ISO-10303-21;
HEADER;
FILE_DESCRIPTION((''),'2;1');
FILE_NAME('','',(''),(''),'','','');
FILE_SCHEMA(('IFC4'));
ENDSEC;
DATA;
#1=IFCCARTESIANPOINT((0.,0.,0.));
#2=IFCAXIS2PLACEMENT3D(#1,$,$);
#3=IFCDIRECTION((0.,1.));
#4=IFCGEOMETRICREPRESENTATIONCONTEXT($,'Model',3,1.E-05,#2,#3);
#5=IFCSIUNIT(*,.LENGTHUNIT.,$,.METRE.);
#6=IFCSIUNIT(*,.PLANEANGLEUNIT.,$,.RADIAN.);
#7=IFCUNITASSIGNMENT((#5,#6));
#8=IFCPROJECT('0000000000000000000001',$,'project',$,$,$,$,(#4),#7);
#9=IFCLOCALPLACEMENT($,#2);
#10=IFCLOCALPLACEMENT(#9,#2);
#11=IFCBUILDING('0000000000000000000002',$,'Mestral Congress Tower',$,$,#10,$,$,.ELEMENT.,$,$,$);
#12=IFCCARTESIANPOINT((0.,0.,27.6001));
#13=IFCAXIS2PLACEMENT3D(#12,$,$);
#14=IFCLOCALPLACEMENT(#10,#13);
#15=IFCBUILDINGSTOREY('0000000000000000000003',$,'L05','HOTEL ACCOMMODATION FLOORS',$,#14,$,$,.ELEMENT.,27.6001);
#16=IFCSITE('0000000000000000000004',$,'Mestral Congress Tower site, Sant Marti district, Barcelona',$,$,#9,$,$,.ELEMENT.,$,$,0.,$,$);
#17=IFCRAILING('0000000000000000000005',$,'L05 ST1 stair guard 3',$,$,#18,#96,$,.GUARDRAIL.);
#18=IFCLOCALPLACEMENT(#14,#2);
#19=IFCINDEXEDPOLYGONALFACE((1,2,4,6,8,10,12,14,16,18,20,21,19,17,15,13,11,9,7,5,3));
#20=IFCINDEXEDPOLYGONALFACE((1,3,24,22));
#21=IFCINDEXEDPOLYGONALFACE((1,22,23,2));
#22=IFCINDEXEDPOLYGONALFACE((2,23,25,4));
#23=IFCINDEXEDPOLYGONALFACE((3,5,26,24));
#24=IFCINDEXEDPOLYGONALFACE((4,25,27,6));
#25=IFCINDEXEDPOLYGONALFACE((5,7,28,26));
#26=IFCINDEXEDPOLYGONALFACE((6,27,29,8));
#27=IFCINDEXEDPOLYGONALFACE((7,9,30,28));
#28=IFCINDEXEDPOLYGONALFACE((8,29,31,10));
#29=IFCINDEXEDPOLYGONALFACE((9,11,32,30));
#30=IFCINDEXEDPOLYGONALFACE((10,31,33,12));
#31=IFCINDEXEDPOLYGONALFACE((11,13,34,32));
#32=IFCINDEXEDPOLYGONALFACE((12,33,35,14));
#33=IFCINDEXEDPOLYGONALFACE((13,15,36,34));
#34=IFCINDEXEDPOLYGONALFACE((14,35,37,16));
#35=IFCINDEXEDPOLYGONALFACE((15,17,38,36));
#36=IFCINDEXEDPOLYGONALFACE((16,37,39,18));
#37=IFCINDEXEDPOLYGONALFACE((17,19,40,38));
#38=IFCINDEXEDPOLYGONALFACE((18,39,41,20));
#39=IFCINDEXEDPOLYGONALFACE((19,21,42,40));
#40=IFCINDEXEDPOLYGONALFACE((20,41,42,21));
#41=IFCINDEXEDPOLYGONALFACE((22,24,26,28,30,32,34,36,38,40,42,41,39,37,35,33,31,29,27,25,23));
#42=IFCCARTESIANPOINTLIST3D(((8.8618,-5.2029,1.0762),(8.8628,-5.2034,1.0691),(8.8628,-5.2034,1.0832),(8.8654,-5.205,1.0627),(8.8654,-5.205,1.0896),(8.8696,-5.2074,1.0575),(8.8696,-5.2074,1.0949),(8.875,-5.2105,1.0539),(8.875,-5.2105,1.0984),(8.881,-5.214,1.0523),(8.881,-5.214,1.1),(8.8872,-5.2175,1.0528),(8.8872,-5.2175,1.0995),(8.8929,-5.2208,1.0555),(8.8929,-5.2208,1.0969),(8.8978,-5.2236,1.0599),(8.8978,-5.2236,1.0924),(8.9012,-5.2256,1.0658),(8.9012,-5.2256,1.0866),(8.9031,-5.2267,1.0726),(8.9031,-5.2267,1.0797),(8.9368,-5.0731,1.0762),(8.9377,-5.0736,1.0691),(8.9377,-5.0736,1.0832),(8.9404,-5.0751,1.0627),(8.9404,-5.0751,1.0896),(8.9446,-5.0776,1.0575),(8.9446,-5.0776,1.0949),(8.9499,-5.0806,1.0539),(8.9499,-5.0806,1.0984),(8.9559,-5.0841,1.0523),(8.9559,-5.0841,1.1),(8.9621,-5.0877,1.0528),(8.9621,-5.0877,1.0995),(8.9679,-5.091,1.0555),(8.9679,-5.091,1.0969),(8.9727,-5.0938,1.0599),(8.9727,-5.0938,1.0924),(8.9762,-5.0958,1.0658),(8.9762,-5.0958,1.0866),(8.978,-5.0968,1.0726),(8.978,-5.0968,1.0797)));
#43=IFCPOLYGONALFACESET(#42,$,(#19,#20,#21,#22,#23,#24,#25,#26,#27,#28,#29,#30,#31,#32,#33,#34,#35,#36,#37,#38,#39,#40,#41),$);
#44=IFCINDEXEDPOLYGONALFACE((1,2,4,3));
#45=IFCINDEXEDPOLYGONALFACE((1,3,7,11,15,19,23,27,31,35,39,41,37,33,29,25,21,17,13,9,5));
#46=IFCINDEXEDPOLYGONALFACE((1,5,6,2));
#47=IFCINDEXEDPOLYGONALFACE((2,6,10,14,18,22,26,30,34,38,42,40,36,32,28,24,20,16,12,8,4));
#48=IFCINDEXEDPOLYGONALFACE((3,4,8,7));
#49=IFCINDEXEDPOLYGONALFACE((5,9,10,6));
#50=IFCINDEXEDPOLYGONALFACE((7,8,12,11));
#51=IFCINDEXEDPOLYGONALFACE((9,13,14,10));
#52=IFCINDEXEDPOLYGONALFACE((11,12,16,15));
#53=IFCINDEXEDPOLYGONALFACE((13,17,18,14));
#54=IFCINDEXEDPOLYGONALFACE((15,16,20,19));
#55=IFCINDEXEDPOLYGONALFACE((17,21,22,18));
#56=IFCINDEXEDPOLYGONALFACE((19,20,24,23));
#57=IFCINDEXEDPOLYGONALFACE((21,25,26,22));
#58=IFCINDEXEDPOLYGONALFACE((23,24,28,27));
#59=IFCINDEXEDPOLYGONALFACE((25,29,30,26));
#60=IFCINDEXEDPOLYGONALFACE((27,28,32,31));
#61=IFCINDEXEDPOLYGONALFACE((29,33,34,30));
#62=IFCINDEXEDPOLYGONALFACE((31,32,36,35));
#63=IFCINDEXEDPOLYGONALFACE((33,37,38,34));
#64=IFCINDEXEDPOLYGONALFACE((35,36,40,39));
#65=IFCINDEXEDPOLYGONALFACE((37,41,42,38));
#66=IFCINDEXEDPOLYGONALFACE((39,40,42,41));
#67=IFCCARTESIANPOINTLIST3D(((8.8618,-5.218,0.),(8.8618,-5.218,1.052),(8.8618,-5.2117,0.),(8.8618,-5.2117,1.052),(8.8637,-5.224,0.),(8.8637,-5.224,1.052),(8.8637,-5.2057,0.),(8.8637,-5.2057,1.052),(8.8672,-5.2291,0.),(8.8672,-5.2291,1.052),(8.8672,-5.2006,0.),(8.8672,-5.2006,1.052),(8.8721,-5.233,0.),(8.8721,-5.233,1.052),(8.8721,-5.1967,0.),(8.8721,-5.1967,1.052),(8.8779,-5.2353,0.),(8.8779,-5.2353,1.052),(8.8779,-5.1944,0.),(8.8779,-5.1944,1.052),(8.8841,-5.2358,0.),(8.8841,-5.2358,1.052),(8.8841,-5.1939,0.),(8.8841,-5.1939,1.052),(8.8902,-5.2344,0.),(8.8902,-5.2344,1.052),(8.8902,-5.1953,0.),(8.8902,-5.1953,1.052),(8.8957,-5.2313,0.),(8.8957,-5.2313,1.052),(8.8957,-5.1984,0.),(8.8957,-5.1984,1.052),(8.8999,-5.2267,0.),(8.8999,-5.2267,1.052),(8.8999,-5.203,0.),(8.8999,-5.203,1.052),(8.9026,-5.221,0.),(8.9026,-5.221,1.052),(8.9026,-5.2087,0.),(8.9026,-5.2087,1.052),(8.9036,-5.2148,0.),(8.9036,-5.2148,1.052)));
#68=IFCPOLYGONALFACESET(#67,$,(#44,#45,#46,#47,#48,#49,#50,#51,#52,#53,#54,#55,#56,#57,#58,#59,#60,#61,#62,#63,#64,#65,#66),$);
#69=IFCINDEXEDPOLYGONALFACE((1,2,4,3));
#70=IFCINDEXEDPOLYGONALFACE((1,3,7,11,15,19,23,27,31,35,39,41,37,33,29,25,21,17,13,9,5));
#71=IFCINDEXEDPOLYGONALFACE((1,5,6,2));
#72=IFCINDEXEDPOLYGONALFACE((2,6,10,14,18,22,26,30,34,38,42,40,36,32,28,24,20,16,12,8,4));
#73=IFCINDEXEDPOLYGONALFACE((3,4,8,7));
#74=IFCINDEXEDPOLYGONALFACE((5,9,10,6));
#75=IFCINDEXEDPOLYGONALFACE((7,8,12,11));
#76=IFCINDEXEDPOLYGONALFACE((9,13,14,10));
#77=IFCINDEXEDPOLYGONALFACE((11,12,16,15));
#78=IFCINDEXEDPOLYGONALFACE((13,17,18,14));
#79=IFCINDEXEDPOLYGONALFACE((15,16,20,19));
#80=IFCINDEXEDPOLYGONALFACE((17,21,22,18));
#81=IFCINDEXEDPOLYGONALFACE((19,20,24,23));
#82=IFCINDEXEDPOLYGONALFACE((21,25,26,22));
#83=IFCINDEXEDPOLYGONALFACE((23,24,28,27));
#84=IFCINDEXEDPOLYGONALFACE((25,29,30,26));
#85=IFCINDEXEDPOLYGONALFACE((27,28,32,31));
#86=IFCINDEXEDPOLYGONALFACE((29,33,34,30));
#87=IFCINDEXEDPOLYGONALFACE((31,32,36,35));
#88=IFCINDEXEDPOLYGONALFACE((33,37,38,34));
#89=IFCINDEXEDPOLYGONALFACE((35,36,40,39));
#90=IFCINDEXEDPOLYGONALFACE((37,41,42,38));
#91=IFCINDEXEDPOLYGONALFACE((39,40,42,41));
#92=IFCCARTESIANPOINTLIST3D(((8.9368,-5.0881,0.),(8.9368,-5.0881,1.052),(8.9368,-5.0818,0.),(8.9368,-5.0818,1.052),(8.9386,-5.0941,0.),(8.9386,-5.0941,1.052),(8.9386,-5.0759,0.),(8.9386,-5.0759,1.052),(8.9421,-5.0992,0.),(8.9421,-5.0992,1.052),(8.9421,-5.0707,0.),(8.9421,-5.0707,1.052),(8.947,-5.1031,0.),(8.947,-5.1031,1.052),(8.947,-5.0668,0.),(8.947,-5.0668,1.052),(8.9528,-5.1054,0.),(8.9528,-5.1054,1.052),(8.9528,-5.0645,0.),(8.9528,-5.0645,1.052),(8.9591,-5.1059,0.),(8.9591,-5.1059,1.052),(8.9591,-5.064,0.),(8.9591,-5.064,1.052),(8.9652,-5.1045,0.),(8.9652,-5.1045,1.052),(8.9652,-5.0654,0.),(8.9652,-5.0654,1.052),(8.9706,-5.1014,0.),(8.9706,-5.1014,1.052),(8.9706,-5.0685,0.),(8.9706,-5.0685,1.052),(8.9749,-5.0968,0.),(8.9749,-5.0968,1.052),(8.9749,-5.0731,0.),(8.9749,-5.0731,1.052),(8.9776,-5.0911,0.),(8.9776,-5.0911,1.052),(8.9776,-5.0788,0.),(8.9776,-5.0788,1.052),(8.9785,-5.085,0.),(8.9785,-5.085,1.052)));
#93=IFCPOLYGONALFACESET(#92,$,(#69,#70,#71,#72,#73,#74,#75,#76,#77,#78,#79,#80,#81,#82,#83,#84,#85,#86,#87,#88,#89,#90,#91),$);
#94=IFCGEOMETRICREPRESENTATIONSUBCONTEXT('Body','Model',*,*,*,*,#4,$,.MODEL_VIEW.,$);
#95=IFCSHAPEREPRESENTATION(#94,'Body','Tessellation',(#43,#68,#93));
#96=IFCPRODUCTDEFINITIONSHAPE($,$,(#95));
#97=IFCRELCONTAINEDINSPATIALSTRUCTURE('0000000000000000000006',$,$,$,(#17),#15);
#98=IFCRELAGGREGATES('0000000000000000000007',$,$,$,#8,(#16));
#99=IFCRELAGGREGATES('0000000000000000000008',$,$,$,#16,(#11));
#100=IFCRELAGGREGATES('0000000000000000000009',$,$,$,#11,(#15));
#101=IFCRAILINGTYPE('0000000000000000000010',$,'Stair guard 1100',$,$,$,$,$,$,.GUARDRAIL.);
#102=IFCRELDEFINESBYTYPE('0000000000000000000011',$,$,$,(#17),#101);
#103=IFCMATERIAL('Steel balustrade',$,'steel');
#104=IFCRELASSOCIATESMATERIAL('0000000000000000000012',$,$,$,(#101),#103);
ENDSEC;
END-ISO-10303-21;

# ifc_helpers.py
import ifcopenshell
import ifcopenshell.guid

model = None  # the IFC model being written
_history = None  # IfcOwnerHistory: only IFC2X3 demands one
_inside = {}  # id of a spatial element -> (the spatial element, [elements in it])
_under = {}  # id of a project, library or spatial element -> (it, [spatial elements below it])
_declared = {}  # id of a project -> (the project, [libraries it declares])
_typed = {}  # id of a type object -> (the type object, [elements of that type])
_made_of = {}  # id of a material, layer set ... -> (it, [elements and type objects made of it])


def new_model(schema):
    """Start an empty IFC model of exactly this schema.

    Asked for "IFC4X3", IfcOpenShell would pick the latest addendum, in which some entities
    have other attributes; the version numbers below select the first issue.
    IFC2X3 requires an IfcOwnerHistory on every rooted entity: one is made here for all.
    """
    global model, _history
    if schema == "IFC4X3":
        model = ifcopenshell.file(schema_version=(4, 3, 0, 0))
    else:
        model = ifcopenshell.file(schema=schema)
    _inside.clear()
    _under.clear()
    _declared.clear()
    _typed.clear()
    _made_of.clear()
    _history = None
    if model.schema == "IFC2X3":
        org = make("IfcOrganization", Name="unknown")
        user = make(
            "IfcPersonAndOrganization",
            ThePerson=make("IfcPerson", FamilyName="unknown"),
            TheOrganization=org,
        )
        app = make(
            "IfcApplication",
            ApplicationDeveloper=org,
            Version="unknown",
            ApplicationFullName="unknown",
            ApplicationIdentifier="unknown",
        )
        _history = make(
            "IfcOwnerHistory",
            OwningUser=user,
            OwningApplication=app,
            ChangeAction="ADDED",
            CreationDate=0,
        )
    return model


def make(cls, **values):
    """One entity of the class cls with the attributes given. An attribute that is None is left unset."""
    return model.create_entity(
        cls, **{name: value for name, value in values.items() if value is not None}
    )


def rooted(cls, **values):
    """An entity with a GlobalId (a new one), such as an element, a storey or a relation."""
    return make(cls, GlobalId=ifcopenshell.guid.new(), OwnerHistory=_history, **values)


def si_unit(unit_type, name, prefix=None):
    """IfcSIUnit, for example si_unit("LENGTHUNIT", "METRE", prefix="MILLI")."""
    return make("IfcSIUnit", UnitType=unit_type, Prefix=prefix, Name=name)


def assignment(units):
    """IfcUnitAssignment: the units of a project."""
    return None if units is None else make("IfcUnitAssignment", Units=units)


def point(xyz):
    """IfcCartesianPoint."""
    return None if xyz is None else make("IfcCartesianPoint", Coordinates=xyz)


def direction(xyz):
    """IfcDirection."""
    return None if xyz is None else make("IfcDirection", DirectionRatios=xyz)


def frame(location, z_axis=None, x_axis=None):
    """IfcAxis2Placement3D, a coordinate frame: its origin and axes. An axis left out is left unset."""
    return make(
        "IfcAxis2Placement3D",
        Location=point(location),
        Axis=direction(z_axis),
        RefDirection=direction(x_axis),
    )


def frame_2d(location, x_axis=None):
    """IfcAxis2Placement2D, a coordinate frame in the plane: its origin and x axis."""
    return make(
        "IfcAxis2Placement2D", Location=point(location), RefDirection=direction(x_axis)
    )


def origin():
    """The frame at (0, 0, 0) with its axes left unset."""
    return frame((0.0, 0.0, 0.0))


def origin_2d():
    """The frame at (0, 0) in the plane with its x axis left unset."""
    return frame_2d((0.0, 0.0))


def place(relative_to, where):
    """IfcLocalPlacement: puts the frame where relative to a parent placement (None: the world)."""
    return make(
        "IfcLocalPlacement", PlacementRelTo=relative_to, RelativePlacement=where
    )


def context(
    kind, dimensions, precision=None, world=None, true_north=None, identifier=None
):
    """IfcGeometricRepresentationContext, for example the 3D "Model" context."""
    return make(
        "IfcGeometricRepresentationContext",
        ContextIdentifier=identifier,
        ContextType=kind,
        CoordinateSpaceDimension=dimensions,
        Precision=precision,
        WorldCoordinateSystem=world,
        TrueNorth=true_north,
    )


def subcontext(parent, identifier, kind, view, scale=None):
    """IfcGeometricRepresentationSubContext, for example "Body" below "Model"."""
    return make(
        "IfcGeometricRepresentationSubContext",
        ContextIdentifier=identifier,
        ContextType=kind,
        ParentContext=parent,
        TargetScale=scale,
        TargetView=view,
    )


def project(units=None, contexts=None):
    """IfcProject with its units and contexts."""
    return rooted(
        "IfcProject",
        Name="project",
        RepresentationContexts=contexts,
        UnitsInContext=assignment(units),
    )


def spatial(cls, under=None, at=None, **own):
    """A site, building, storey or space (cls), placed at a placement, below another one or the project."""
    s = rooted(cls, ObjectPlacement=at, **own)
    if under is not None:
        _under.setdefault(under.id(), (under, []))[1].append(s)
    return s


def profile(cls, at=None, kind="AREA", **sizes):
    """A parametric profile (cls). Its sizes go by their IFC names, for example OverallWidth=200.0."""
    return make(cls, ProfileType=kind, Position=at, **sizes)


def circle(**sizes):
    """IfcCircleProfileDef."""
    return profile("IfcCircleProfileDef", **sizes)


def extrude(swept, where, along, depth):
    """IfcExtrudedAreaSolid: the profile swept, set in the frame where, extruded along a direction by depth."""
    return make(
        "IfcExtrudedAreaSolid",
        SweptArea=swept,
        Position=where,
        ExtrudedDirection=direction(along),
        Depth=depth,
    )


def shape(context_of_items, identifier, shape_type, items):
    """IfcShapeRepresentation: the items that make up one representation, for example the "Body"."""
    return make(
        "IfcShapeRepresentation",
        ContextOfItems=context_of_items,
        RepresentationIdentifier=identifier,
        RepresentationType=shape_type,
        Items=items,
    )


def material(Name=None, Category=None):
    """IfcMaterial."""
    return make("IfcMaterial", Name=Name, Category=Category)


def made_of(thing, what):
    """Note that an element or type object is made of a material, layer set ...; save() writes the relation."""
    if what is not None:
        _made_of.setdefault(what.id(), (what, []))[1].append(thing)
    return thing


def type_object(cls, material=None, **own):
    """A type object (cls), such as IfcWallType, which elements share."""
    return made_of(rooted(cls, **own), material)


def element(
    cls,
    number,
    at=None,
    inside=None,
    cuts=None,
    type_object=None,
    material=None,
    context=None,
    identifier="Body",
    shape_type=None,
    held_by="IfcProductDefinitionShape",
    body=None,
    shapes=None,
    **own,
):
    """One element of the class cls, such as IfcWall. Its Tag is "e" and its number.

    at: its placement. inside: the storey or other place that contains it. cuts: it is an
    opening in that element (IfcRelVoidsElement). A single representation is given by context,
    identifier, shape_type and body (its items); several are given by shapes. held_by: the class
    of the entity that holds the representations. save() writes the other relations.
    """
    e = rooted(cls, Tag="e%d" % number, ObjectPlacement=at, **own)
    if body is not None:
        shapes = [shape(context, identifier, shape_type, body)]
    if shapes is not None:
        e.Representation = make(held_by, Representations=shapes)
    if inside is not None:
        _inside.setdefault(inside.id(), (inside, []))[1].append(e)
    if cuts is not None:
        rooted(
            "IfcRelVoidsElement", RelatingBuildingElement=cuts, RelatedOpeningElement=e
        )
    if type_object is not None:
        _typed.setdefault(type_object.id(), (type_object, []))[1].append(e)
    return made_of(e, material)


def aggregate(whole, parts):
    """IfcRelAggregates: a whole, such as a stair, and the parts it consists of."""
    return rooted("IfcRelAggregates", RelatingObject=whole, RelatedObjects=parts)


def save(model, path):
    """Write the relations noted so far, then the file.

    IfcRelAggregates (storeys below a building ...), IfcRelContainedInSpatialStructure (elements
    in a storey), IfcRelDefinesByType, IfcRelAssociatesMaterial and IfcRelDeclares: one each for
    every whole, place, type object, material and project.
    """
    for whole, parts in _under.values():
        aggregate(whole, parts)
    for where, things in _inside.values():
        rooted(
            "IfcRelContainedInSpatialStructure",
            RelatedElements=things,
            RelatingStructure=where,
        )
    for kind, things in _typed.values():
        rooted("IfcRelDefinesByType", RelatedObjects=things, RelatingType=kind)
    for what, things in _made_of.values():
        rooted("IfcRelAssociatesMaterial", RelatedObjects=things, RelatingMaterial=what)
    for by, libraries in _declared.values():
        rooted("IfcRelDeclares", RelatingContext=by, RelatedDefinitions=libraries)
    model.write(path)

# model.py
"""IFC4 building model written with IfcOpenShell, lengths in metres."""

from ifc_helpers import new_model, si_unit, direction, frame, origin, origin_2d, place, context, subcontext, project, spatial, circle, extrude, material, type_object, element, save


model = new_model("IFC4")

# Units and contexts
model_context = context("Model", 3, precision=1e-05, world=origin(), true_north=direction((0.0, 1.0)))
body_context = subcontext(model_context, "Body", "Model", "MODEL_VIEW")
ifc_project = project(units=[si_unit("LENGTHUNIT", "METRE"), si_unit("PLANEANGLEUNIT", "RADIAN")], contexts=[model_context])

# Site, building, storey
site_placement = place(None, origin())
site = spatial("IfcSite", under=ifc_project, at=site_placement, Name="Mestral Congress Tower site, Sant Marti district, Barcelona", CompositionType="ELEMENT", RefElevation=0.0)
building_placement = place(site_placement, origin())
building = spatial("IfcBuilding", under=site, at=building_placement, Name="Mestral Congress Tower", CompositionType="ELEMENT")
storey_placement = place(building_placement, frame((0.0, 0.0, 27.6001)))
storey = spatial("IfcBuildingStorey", under=building, at=storey_placement, Name="L05", Description="HOTEL ACCOMMODATION FLOORS", CompositionType="ELEMENT", Elevation=27.6001)

# Railing
ifc_material_1 = material(Name="Steel balustrade", Category="steel")
railing_type_1 = type_object("IfcRailingType", Name="Stair guard 1100", PredefinedType="GUARDRAIL", material=ifc_material_1)
railing_1_placement = place(storey_placement, frame((8.8826, -5.2148, 0.0)))
element("IfcRailing", 1, at=railing_1_placement, inside=storey, type_object=railing_type_1, Name="L05 ST1 stair guard 3", PredefinedType="GUARDRAIL", context=body_context, shape_type="SweptSolid", body=[
    extrude(circle(Radius=0.0239, at=origin_2d()), frame((0.0, 0.0, 1.0762), z_axis=(0.499816, 0.866131, 0.0), x_axis=(-0.866131, 0.499816, 0.0)), (0.0, 0.0, 1.0), 0.1499),
    extrude(circle(Radius=0.021, at=origin_2d()), origin(), (0.0, 0.0, 1.0), 1.052),
    extrude(circle(Radius=0.021, at=origin_2d()), frame((0.075, 0.1299, 0.0)), (0.0, 0.0, 1.0), 1.052),
])

save(model, "model.ifc")
